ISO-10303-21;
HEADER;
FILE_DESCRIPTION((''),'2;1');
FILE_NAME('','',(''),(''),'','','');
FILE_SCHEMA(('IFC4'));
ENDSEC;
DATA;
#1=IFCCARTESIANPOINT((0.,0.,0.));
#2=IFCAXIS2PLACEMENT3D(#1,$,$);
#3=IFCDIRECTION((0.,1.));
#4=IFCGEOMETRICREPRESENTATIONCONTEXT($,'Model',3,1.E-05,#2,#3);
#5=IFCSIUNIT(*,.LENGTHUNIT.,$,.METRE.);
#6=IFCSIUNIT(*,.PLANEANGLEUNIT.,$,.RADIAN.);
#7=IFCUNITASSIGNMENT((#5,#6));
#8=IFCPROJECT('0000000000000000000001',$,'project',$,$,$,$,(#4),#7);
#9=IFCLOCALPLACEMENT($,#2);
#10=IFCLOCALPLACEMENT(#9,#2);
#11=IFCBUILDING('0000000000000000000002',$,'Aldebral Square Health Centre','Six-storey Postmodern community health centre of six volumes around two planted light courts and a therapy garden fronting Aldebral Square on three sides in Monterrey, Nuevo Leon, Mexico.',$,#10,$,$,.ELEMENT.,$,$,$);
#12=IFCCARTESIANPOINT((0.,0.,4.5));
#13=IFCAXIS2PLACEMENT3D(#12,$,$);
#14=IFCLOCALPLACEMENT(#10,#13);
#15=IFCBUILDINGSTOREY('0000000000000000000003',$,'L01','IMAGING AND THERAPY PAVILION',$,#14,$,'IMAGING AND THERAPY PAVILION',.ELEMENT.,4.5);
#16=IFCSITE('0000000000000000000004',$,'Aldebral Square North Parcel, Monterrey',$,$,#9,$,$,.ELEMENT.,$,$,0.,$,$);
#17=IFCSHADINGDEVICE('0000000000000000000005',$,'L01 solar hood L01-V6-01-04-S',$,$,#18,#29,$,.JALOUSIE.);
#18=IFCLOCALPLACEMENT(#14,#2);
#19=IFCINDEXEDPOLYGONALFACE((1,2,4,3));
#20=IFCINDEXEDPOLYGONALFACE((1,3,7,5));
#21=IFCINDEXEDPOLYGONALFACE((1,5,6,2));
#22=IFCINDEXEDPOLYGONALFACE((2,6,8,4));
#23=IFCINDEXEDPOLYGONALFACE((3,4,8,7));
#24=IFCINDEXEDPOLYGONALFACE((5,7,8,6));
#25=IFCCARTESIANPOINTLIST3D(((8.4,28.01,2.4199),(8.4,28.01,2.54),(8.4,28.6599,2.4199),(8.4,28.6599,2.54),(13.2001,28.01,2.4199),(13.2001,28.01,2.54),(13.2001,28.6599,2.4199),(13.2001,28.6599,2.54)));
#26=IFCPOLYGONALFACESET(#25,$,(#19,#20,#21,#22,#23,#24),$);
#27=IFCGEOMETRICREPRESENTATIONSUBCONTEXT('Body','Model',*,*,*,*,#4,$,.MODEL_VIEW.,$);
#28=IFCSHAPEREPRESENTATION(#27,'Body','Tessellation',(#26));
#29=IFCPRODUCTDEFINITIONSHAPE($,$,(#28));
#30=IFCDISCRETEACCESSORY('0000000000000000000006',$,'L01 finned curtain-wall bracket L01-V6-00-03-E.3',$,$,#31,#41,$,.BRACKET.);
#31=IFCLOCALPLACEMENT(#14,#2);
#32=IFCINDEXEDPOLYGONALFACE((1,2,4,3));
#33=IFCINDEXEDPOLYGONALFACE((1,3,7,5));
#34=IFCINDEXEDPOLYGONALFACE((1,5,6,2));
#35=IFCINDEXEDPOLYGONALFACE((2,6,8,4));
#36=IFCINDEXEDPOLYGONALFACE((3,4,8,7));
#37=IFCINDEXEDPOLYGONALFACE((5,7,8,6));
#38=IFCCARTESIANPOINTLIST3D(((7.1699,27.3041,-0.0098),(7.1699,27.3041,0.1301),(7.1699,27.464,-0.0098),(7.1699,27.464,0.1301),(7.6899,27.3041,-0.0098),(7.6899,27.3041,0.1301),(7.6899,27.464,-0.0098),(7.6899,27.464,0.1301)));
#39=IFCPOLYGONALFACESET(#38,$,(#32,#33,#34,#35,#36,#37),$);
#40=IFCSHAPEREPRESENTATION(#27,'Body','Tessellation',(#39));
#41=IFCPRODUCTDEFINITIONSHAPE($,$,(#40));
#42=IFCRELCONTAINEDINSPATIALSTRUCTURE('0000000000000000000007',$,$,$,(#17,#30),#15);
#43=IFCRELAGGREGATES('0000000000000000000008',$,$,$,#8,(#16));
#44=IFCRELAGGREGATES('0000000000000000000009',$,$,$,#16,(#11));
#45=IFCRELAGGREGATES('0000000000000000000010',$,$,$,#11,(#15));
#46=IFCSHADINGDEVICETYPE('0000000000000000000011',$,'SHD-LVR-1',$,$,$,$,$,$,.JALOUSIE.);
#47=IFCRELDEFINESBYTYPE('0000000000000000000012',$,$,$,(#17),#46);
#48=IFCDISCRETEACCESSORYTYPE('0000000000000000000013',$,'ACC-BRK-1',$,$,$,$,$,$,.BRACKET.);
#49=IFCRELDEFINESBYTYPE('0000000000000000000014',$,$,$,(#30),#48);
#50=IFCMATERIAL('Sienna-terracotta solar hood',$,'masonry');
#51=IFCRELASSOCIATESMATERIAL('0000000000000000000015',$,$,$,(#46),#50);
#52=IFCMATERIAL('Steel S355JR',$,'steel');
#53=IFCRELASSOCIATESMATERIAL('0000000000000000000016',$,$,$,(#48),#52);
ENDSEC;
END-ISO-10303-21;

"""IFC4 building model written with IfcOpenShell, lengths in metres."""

from ifc_helpers import new_model, si_unit, direction, frame, origin, origin_2d, place, context, subcontext, project, spatial, rectangle, extrude, material, type_object, element, save


model = new_model("IFC4")

# Units and contexts
model_context = context("Model", 3, precision=1e-05, world=origin(), true_north=direction((0.0, 1.0)))
body_context = subcontext(model_context, "Body", "Model", "MODEL_VIEW")
ifc_project = project(units=[si_unit("LENGTHUNIT", "METRE"), si_unit("PLANEANGLEUNIT", "RADIAN")], contexts=[model_context])

# Site, building, storey
site_placement = place(None, origin())
site = spatial("IfcSite", under=ifc_project, at=site_placement, Name="Aldebral Square North Parcel, Monterrey", CompositionType="ELEMENT", RefElevation=0.0)
building_placement = place(site_placement, origin())
building = spatial("IfcBuilding", under=site, at=building_placement, Name="Aldebral Square Health Centre", Description="Six-storey Postmodern community health centre of six volumes around two planted light courts and a therapy garden fronting Aldebral Square on three sides in Monterrey, Nuevo Leon, Mexico.", CompositionType="ELEMENT")
storey_placement = place(building_placement, frame((0.0, 0.0, 4.5)))
storey = spatial("IfcBuildingStorey", under=building, at=storey_placement, Name="L01", Description="IMAGING AND THERAPY PAVILION", LongName="IMAGING AND THERAPY PAVILION", CompositionType="ELEMENT", Elevation=4.5)

# Shading device
ifc_material_1 = material(Name="Sienna-terracotta solar hood", Category="masonry")
shading_device_type = type_object("IfcShadingDeviceType", Name="SHD-LVR-1", PredefinedType="JALOUSIE", material=ifc_material_1)
shading_device_placement = place(storey_placement, frame((10.8, 28.335, 2.4199), z_axis=(0.0, 0.0, 1.0), x_axis=(1.0, 0.0, 0.0)))
element("IfcShadingDevice", 1, at=shading_device_placement, inside=storey, type_object=shading_device_type, Name="L01 solar hood L01-V6-01-04-S", PredefinedType="JALOUSIE", context=body_context, shape_type="SweptSolid", body=[
    extrude(rectangle(XDim=4.8, YDim=0.6499, at=origin_2d()), origin(), (0.0, 0.0, 1.0), 0.1201),
])

# Discrete accessory
ifc_material_2 = material(Name="Steel S355JR", Category="steel")
discrete_accessory_type = type_object("IfcDiscreteAccessoryType", Name="ACC-BRK-1", PredefinedType="BRACKET", material=ifc_material_2)
discrete_accessory_placement = place(storey_placement, frame((7.4299, 27.384, -0.0098), z_axis=(0.0, 0.0, 1.0), x_axis=(0.0, 1.0, 0.0)))
element("IfcDiscreteAccessory", 2, at=discrete_accessory_placement, inside=storey, type_object=discrete_accessory_type, Name="L01 finned curtain-wall bracket L01-V6-00-03-E.3", PredefinedType="BRACKET", context=body_context, shape_type="SweptSolid", body=[
    extrude(rectangle(XDim=0.1599, YDim=0.52, at=origin_2d()), origin(), (0.0, 0.0, 1.0), 0.1399),
])

save(model, "model.ifc")
